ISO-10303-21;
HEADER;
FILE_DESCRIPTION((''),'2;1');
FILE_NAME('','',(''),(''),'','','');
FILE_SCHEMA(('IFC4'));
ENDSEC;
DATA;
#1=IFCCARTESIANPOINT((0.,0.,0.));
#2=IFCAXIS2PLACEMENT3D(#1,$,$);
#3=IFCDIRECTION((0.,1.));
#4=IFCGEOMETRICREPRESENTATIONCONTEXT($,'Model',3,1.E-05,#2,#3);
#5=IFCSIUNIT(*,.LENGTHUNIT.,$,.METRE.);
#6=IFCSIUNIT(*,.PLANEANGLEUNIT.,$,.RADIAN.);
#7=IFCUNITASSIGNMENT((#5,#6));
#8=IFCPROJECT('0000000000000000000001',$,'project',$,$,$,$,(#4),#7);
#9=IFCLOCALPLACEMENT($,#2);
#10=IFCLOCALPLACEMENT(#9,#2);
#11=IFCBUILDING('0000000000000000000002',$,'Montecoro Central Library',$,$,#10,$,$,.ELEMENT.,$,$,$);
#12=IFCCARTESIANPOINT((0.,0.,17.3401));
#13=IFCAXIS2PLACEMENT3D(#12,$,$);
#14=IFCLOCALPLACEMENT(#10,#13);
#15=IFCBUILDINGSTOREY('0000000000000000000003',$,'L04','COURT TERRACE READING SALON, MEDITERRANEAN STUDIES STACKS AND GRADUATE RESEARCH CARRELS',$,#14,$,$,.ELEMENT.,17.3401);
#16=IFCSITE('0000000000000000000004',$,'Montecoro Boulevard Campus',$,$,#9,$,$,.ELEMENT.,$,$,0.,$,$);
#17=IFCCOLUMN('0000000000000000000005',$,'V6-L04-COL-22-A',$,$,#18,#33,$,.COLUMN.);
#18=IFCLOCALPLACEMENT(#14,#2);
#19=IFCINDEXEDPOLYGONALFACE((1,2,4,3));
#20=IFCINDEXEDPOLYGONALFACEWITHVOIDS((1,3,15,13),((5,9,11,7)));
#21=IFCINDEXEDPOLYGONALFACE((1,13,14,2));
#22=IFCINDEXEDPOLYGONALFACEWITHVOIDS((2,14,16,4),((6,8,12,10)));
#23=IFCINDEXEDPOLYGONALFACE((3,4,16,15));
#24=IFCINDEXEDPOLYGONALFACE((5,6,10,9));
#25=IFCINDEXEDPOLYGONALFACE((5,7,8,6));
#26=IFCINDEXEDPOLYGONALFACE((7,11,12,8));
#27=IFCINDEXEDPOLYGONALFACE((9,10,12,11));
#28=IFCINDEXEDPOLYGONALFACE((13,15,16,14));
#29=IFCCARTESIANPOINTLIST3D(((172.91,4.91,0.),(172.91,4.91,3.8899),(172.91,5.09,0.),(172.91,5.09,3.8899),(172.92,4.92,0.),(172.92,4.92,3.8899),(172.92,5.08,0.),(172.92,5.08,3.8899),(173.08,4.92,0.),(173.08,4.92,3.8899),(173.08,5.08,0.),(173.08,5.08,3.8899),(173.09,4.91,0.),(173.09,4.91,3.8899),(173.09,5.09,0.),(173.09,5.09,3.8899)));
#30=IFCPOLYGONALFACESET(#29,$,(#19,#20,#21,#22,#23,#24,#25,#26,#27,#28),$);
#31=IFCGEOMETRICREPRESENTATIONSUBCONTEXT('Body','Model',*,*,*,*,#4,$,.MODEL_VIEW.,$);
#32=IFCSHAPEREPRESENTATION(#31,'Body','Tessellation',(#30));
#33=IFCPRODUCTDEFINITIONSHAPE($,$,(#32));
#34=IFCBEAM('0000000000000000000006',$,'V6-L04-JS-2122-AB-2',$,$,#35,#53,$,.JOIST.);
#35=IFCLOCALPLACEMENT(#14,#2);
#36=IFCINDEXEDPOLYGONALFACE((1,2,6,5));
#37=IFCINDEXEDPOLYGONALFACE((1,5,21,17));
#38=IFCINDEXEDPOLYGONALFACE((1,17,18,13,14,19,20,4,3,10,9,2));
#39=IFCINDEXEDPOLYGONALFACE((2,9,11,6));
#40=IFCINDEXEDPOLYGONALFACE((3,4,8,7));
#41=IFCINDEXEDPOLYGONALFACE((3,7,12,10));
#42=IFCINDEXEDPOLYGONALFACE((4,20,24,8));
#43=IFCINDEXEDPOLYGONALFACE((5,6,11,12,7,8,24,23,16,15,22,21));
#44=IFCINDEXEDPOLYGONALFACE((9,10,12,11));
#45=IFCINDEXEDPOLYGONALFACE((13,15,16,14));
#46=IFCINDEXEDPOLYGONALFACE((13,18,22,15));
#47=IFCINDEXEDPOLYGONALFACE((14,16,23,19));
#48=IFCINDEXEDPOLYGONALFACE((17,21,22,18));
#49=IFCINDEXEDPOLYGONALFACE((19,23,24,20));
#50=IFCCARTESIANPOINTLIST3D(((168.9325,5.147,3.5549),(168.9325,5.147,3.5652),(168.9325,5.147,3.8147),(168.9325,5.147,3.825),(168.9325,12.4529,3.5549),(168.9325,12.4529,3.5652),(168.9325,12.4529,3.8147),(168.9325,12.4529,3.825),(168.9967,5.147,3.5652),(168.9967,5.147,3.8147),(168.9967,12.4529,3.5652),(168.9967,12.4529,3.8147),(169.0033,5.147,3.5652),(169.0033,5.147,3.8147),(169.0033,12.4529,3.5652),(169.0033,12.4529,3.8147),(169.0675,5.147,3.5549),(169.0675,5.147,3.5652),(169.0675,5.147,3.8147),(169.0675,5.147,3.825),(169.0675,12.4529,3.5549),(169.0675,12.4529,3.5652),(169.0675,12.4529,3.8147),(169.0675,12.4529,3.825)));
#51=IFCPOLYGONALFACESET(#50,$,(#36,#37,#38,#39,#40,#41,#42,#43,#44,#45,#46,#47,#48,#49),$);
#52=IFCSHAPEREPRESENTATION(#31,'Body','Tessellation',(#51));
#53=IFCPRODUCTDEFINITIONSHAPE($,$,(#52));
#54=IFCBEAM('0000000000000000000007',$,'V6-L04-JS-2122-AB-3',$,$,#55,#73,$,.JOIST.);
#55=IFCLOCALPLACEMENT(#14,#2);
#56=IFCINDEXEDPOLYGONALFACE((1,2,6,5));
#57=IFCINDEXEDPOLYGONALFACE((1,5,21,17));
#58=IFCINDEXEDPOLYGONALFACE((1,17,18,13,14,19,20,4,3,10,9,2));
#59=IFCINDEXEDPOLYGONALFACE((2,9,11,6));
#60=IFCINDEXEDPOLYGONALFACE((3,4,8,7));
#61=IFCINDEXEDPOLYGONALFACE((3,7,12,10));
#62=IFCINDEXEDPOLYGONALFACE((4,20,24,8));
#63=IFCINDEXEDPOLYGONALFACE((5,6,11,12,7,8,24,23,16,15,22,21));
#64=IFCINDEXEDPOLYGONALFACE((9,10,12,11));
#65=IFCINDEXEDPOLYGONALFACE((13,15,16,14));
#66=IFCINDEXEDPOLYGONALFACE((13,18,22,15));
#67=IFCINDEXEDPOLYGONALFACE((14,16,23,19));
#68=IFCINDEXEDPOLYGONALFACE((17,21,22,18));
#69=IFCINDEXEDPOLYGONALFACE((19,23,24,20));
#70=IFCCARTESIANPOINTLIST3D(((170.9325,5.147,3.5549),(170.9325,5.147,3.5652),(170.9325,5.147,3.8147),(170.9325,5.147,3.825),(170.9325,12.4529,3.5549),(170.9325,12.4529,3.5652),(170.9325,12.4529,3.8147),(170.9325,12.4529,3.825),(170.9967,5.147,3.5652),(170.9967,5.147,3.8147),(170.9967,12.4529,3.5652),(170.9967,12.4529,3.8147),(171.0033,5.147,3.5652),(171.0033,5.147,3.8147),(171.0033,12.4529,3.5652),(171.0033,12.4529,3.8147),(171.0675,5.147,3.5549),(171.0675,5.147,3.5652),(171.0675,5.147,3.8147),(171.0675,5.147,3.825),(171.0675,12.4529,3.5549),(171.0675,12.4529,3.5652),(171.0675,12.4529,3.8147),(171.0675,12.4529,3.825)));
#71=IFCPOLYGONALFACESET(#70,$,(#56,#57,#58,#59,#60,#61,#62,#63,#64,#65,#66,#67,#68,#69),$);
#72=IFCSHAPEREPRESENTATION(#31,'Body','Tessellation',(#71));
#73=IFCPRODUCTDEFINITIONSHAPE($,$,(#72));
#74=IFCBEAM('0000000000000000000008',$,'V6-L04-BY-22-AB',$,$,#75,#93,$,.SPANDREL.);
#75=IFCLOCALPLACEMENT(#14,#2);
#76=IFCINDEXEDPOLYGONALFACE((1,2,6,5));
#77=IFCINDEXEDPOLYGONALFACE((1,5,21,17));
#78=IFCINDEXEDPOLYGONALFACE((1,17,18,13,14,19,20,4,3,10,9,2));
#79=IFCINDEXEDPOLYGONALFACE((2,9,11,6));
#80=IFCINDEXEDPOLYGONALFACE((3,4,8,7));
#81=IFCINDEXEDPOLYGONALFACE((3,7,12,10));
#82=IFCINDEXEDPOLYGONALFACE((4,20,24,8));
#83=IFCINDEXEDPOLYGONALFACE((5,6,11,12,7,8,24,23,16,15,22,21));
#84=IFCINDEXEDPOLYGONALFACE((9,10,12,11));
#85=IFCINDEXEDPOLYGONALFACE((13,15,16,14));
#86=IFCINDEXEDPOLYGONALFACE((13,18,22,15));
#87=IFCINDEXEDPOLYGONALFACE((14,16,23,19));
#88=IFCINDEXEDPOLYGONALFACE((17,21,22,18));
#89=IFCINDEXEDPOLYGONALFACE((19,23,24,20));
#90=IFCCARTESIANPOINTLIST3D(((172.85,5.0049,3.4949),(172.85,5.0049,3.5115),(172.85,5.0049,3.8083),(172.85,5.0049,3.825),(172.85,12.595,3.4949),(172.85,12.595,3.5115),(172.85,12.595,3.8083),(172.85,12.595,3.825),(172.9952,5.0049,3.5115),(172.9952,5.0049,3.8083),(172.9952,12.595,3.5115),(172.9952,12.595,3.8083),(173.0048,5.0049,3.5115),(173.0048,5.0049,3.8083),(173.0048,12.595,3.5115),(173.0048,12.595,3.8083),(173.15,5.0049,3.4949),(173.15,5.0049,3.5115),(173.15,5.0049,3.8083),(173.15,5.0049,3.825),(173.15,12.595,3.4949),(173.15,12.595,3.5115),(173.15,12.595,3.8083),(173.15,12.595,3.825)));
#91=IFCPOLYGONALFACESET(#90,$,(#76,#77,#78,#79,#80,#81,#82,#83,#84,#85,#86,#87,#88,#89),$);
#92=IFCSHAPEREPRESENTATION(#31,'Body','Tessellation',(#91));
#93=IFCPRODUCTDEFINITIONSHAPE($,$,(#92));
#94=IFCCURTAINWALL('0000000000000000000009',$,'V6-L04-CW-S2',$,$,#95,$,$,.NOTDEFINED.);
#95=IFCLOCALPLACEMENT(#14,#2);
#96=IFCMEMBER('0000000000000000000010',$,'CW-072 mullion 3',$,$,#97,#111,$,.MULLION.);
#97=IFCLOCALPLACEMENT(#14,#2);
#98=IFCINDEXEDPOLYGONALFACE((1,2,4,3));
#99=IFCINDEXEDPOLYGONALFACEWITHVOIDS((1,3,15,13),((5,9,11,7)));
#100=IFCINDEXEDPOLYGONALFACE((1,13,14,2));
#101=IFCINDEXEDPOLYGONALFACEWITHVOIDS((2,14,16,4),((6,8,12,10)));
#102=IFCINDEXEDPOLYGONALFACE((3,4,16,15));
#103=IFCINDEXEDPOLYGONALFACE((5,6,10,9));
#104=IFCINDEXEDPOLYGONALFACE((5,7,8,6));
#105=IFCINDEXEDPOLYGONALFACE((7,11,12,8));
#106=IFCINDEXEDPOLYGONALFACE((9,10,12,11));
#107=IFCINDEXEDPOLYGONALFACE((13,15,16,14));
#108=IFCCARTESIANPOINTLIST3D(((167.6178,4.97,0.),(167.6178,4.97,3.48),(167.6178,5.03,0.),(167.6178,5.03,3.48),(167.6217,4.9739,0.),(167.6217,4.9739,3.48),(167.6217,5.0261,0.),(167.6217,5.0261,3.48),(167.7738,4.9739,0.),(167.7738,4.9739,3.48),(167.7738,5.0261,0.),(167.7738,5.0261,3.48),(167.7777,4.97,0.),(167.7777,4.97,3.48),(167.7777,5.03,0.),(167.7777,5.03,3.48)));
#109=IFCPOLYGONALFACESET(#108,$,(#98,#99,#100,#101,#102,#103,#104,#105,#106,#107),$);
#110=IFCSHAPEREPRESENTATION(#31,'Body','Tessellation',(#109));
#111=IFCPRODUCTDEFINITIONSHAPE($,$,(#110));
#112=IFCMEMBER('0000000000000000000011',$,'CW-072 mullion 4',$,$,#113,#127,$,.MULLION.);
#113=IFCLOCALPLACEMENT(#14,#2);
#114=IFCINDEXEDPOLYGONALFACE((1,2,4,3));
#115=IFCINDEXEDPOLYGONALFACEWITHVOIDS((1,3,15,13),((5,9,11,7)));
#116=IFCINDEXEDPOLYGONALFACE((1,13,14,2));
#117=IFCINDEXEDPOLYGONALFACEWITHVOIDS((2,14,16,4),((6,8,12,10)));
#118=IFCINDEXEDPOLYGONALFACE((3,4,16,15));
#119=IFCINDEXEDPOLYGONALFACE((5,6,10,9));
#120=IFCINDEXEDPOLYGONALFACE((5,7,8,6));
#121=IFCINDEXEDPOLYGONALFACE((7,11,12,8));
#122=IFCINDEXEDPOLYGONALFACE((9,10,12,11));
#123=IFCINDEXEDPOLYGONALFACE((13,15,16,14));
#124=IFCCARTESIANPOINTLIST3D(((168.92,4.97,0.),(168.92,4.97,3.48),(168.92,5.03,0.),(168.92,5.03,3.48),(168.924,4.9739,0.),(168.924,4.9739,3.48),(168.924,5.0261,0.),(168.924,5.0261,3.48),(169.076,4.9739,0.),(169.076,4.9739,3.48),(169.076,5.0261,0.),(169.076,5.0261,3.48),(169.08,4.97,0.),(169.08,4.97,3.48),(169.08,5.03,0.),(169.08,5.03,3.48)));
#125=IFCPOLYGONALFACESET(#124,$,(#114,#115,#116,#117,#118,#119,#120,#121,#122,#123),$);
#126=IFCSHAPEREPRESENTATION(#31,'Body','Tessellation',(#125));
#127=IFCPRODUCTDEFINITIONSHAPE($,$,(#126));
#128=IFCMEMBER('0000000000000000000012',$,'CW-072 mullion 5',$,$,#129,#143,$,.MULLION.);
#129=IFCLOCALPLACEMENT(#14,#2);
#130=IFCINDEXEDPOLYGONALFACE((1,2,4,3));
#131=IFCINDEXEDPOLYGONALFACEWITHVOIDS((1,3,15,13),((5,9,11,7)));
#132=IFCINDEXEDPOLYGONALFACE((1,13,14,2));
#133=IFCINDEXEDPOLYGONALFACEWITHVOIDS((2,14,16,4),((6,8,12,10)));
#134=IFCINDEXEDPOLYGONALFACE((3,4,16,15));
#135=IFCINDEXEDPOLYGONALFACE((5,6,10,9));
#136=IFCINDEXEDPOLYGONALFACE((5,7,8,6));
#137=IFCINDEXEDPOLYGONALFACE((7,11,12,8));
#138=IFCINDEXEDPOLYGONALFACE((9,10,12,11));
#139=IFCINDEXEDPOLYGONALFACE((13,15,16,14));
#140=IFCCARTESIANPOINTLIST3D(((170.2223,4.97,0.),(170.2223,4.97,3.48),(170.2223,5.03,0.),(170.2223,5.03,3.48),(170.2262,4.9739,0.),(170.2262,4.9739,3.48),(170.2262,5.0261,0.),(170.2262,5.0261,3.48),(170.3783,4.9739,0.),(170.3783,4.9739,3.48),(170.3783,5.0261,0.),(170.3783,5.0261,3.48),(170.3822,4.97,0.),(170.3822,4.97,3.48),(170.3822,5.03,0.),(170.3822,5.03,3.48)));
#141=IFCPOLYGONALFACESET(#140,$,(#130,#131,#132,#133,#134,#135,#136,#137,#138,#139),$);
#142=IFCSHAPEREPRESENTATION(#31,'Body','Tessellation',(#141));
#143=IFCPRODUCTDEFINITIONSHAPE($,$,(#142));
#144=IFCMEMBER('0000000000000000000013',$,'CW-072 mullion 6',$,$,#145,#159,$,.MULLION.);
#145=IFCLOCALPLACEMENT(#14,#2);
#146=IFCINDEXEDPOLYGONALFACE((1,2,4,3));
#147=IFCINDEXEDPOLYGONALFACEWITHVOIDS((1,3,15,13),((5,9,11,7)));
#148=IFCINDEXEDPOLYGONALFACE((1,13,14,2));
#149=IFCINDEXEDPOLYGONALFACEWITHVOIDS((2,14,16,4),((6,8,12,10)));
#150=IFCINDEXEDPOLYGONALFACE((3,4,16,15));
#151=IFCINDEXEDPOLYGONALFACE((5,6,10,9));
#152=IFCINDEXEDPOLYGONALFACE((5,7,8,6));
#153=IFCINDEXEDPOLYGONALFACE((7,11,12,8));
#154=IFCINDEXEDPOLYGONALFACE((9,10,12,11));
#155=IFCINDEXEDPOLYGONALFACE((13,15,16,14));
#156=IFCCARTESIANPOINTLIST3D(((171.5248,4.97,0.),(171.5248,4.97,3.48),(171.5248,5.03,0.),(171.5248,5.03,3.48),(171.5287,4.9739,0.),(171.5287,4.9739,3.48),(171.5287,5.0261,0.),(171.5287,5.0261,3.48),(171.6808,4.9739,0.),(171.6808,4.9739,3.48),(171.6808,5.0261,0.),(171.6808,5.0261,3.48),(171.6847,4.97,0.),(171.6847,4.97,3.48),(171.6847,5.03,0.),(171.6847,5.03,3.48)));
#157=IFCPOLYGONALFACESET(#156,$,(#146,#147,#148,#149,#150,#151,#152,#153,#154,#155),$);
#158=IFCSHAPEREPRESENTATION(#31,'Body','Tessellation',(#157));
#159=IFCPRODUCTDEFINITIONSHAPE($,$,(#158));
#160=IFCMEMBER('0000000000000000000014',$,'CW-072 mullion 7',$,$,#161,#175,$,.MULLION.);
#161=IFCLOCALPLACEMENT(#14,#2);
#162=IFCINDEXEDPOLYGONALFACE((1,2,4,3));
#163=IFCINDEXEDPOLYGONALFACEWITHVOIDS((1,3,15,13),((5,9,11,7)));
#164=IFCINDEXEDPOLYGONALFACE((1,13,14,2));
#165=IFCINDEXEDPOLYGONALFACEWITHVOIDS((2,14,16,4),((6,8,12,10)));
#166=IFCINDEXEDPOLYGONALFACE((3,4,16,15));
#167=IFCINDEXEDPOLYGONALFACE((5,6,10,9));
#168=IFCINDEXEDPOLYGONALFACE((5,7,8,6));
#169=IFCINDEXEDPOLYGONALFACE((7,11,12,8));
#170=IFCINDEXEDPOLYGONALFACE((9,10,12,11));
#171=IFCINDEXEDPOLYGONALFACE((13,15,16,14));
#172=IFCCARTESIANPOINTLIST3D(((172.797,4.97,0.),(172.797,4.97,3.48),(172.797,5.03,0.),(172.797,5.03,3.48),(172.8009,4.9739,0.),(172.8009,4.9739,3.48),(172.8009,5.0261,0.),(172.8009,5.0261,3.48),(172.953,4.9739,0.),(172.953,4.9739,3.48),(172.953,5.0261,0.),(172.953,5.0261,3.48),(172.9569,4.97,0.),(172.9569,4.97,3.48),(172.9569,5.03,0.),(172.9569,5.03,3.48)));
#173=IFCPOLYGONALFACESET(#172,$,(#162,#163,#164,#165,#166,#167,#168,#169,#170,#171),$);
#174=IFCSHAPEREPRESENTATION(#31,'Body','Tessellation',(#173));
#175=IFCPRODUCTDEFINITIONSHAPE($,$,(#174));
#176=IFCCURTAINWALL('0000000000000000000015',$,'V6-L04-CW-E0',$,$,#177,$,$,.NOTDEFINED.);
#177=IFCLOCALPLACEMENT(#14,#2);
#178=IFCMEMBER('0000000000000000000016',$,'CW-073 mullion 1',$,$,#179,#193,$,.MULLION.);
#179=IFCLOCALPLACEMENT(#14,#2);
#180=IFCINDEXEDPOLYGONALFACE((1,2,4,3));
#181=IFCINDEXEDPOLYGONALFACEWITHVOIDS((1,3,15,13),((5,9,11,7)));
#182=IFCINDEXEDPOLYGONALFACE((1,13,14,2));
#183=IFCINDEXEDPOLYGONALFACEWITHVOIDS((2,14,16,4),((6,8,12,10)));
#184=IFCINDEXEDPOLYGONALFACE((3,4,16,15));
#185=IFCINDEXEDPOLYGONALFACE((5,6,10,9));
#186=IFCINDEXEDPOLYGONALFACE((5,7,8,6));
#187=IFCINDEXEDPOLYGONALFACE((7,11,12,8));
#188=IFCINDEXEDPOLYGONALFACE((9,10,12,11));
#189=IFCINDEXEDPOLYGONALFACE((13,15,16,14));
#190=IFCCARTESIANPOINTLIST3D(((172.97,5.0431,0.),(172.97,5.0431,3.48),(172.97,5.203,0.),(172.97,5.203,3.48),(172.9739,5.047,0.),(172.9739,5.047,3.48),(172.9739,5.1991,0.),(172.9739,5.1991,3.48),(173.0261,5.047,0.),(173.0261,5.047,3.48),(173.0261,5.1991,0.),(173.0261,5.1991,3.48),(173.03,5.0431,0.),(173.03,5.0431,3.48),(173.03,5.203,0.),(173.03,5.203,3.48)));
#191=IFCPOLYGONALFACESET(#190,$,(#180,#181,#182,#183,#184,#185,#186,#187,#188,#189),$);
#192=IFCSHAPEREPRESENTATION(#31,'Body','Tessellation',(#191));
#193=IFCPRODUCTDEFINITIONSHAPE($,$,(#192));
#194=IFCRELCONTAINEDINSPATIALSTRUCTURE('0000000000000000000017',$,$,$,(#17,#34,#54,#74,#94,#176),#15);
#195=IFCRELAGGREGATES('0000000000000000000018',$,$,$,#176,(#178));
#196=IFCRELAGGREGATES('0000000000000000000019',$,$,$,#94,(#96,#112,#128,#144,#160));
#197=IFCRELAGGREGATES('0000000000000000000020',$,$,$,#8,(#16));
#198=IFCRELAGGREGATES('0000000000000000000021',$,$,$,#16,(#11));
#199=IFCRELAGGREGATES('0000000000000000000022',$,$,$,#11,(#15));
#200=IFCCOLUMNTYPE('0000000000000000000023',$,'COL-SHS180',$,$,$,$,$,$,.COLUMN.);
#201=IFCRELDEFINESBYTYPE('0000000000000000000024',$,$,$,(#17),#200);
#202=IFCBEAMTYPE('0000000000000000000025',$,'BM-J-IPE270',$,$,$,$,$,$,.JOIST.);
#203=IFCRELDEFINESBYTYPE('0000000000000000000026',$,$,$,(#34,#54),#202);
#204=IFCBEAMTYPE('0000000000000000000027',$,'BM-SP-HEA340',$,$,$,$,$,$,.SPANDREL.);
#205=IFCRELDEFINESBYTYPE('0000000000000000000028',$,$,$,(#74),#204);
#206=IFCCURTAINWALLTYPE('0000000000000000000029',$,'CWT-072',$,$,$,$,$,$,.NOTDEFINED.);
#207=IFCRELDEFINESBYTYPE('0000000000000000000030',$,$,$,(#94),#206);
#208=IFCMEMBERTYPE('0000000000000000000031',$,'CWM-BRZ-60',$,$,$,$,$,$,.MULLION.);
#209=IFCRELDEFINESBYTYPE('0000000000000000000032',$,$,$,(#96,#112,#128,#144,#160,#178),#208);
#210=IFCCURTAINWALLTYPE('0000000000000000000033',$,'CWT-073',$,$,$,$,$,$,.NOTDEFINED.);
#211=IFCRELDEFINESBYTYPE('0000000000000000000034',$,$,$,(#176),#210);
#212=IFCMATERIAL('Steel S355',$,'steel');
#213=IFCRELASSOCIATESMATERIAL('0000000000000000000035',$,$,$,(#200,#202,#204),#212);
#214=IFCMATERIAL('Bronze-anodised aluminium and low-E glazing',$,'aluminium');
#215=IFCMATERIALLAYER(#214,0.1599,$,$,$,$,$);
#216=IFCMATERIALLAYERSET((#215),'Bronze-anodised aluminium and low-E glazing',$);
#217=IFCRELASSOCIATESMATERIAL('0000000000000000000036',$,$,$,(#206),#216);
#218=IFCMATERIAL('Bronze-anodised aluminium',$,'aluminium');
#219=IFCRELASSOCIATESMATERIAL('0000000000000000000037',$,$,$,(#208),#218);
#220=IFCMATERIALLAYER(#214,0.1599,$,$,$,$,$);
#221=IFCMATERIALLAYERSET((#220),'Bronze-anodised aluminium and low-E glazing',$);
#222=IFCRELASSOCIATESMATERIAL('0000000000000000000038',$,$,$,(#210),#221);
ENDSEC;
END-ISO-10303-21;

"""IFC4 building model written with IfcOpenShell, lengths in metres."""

from ifc_helpers import new_model, si_unit, direction, frame, origin, origin_2d, place, context, subcontext, project, spatial, hollow_rectangle, i_section, extrude, material, layer, layer_set, material_profile, profile_set, type_object, element, aggregate, save


model = new_model("IFC4")

# Units and contexts
model_context = context("Model", 3, precision=1e-05, world=origin(), true_north=direction((0.0, 1.0)))
body_context = subcontext(model_context, "Body", "Model", "MODEL_VIEW")
ifc_project = project(units=[si_unit("LENGTHUNIT", "METRE"), si_unit("PLANEANGLEUNIT", "RADIAN")], contexts=[model_context])

# Site, building, storey
site_placement = place(None, origin())
site = spatial("IfcSite", under=ifc_project, at=site_placement, Name="Montecoro Boulevard Campus", CompositionType="ELEMENT", RefElevation=0.0)
building_placement = place(site_placement, origin())
building = spatial("IfcBuilding", under=site, at=building_placement, Name="Montecoro Central Library", CompositionType="ELEMENT")
storey_placement = place(building_placement, frame((0.0, 0.0, 17.3401)))
storey = spatial("IfcBuildingStorey", under=building, at=storey_placement, Name="L04", Description="COURT TERRACE READING SALON, MEDITERRANEAN STUDIES STACKS AND GRADUATE RESEARCH CARRELS", CompositionType="ELEMENT", Elevation=17.3401)

# Column
ifc_material_1 = material(Name="Steel S355", Category="steel")
ifc_material_profile_1 = material_profile(ifc_material_1, hollow_rectangle(XDim=0.1799, YDim=0.1799, WallThickness=0.01, at=origin_2d()), Name="SHS 180x180x10.0")
ifc_profile_set_1 = profile_set([ifc_material_profile_1], Name="Steel S355")
column_type = type_object("IfcColumnType", Name="COL-SHS180", PredefinedType="COLUMN", material=ifc_profile_set_1)
column_placement = place(storey_placement, frame((173.0, 5.0, 0.0), z_axis=(0.0, 0.0, 1.0), x_axis=(1.0, 0.0, 0.0)))
element("IfcColumn", 1, at=column_placement, inside=storey, type_object=column_type, Name="V6-L04-COL-22-A", PredefinedType="COLUMN", context=body_context, shape_type="SweptSolid", body=[
    extrude(hollow_rectangle(XDim=0.1799, YDim=0.1799, WallThickness=0.01, at=origin_2d()), origin(), (0.0, 0.0, 1.0), 3.8899),
])

# Beams
ifc_material_profile_2 = material_profile(ifc_material_1, i_section(OverallWidth=0.135, OverallDepth=0.27, WebThickness=0.0066, FlangeThickness=0.0103, at=origin_2d()), Name="IPE 270")
ifc_profile_set_2 = profile_set([ifc_material_profile_2], Name="Steel S355")
beam_type_1 = type_object("IfcBeamType", Name="BM-J-IPE270", PredefinedType="JOIST", material=ifc_profile_set_2)
for number, where, z_axis, x_axis, name in (
    (2, (169.0, 5.147, 3.6899), (0.0, 1.0, 0.0), (-1.0, 0.0, 0.0), "V6-L04-JS-2122-AB-2"),
    (3, (171.0, 5.147, 3.6899), (0.0, 1.0, 0.0), (-1.0, 0.0, 0.0), "V6-L04-JS-2122-AB-3"),
):
    element("IfcBeam", number, at=place(storey_placement, frame(where, z_axis=z_axis, x_axis=x_axis)), inside=storey, type_object=beam_type_1, Name=name, PredefinedType="JOIST", context=body_context, shape_type="SweptSolid", body=[
        extrude(i_section(OverallWidth=0.135, OverallDepth=0.27, WebThickness=0.0066, FlangeThickness=0.0103, at=origin_2d()), origin(), (0.0, 0.0, 1.0), 7.3059),
    ])
ifc_material_profile_3 = material_profile(ifc_material_1, i_section(OverallWidth=0.3, OverallDepth=0.3301, WebThickness=0.0095, FlangeThickness=0.0166, at=origin_2d()), Name="HEA 340")
ifc_profile_set_3 = profile_set([ifc_material_profile_3], Name="Steel S355")
beam_type_2 = type_object("IfcBeamType", Name="BM-SP-HEA340", PredefinedType="SPANDREL", material=ifc_profile_set_3)
beam_placement = place(storey_placement, frame((173.0, 5.0049, 3.6599), z_axis=(0.0, 1.0, 0.0), x_axis=(-1.0, 0.0, 0.0)))
element("IfcBeam", 4, at=beam_placement, inside=storey, type_object=beam_type_2, Name="V6-L04-BY-22-AB", PredefinedType="SPANDREL", context=body_context, shape_type="SweptSolid", body=[
    extrude(i_section(OverallWidth=0.3, OverallDepth=0.3301, WebThickness=0.0095, FlangeThickness=0.0166, at=origin_2d()), origin(), (0.0, 0.0, 1.0), 7.5901),
])

# Curtain wall, members
ifc_material_2 = material(Name="Bronze-anodised aluminium and low-E glazing", Category="aluminium")
ifc_layer_1 = layer(ifc_material_2, 0.1599)
ifc_layer_set_1 = layer_set([ifc_layer_1], Name="Bronze-anodised aluminium and low-E glazing")
curtain_wall_type_1 = type_object("IfcCurtainWallType", Name="CWT-072", PredefinedType="NOTDEFINED", material=ifc_layer_set_1)
curtain_wall_1_placement = place(storey_placement, origin())
curtain_wall_1 = element("IfcCurtainWall", 5, at=curtain_wall_1_placement, inside=storey, type_object=curtain_wall_type_1, Name="V6-L04-CW-S2", PredefinedType="NOTDEFINED")
ifc_material_3 = material(Name="Bronze-anodised aluminium", Category="aluminium")
ifc_material_profile_4 = material_profile(ifc_material_3, hollow_rectangle(XDim=0.0601, YDim=0.1599, WallThickness=0.0039, at=origin_2d()), Name="CWM 160x60x4.0")
ifc_profile_set_4 = profile_set([ifc_material_profile_4], Name="Bronze-anodised aluminium")
member_type_1 = type_object("IfcMemberType", Name="CWM-BRZ-60", PredefinedType="MULLION", material=ifc_profile_set_4)
member_1_placement = place(storey_placement, frame((167.6978, 5.0, 0.0), z_axis=(0.0, 0.0, 1.0), x_axis=(0.0, 1.0, 0.0)))
member_1 = element("IfcMember", 6, at=member_1_placement, type_object=member_type_1, Name="CW-072 mullion 3", PredefinedType="MULLION", context=body_context, shape_type="SweptSolid", body=[
    extrude(hollow_rectangle(XDim=0.0601, YDim=0.1599, WallThickness=0.0039, at=origin_2d()), origin(), (0.0, 0.0, 1.0), 3.48),
])
member_2_placement = place(storey_placement, frame((169.0, 5.0, 0.0), z_axis=(0.0, 0.0, 1.0), x_axis=(0.0, 1.0, 0.0)))
member_2 = element("IfcMember", 7, at=member_2_placement, type_object=member_type_1, Name="CW-072 mullion 4", PredefinedType="MULLION", context=body_context, shape_type="SweptSolid", body=[
    extrude(hollow_rectangle(XDim=0.0601, YDim=0.1599, WallThickness=0.0039, at=origin_2d()), origin(), (0.0, 0.0, 1.0), 3.48),
])
member_3_placement = place(storey_placement, frame((170.3022, 5.0, 0.0), z_axis=(0.0, 0.0, 1.0), x_axis=(0.0, 1.0, 0.0)))
member_3 = element("IfcMember", 8, at=member_3_placement, type_object=member_type_1, Name="CW-072 mullion 5", PredefinedType="MULLION", context=body_context, shape_type="SweptSolid", body=[
    extrude(hollow_rectangle(XDim=0.0601, YDim=0.1599, WallThickness=0.0039, at=origin_2d()), origin(), (0.0, 0.0, 1.0), 3.48),
])
member_4_placement = place(storey_placement, frame((171.6047, 5.0, 0.0), z_axis=(0.0, 0.0, 1.0), x_axis=(0.0, 1.0, 0.0)))
member_4 = element("IfcMember", 9, at=member_4_placement, type_object=member_type_1, Name="CW-072 mullion 6", PredefinedType="MULLION", context=body_context, shape_type="SweptSolid", body=[
    extrude(hollow_rectangle(XDim=0.0601, YDim=0.1599, WallThickness=0.0039, at=origin_2d()), origin(), (0.0, 0.0, 1.0), 3.48),
])
member_5_placement = place(storey_placement, frame((172.877, 5.0, 0.0), z_axis=(0.0, 0.0, 1.0), x_axis=(0.0, 1.0, 0.0)))
member_5 = element("IfcMember", 10, at=member_5_placement, type_object=member_type_1, Name="CW-072 mullion 7", PredefinedType="MULLION", context=body_context, shape_type="SweptSolid", body=[
    extrude(hollow_rectangle(XDim=0.0601, YDim=0.1599, WallThickness=0.0039, at=origin_2d()), origin(), (0.0, 0.0, 1.0), 3.48),
])

# Curtain wall, member
ifc_layer_2 = layer(ifc_material_2, 0.1599)
ifc_layer_set_2 = layer_set([ifc_layer_2], Name="Bronze-anodised aluminium and low-E glazing")
curtain_wall_type_2 = type_object("IfcCurtainWallType", Name="CWT-073", PredefinedType="NOTDEFINED", material=ifc_layer_set_2)
curtain_wall_2_placement = place(storey_placement, origin())
curtain_wall_2 = element("IfcCurtainWall", 11, at=curtain_wall_2_placement, inside=storey, type_object=curtain_wall_type_2, Name="V6-L04-CW-E0", PredefinedType="NOTDEFINED")
member_6_placement = place(storey_placement, frame((173.0, 5.123, 0.0), z_axis=(0.0, 0.0, 1.0), x_axis=(-1.0, 0.0, 0.0)))
member_6 = element("IfcMember", 12, at=member_6_placement, type_object=member_type_1, Name="CW-073 mullion 1", PredefinedType="MULLION", context=body_context, shape_type="SweptSolid", body=[
    extrude(hollow_rectangle(XDim=0.0601, YDim=0.1599, WallThickness=0.0039, at=origin_2d()), origin(), (0.0, 0.0, 1.0), 3.48),
])

aggregate(curtain_wall_2, [member_6])

aggregate(curtain_wall_1, [member_1, member_2, member_3, member_4, member_5])

save(model, "model.ifc")
